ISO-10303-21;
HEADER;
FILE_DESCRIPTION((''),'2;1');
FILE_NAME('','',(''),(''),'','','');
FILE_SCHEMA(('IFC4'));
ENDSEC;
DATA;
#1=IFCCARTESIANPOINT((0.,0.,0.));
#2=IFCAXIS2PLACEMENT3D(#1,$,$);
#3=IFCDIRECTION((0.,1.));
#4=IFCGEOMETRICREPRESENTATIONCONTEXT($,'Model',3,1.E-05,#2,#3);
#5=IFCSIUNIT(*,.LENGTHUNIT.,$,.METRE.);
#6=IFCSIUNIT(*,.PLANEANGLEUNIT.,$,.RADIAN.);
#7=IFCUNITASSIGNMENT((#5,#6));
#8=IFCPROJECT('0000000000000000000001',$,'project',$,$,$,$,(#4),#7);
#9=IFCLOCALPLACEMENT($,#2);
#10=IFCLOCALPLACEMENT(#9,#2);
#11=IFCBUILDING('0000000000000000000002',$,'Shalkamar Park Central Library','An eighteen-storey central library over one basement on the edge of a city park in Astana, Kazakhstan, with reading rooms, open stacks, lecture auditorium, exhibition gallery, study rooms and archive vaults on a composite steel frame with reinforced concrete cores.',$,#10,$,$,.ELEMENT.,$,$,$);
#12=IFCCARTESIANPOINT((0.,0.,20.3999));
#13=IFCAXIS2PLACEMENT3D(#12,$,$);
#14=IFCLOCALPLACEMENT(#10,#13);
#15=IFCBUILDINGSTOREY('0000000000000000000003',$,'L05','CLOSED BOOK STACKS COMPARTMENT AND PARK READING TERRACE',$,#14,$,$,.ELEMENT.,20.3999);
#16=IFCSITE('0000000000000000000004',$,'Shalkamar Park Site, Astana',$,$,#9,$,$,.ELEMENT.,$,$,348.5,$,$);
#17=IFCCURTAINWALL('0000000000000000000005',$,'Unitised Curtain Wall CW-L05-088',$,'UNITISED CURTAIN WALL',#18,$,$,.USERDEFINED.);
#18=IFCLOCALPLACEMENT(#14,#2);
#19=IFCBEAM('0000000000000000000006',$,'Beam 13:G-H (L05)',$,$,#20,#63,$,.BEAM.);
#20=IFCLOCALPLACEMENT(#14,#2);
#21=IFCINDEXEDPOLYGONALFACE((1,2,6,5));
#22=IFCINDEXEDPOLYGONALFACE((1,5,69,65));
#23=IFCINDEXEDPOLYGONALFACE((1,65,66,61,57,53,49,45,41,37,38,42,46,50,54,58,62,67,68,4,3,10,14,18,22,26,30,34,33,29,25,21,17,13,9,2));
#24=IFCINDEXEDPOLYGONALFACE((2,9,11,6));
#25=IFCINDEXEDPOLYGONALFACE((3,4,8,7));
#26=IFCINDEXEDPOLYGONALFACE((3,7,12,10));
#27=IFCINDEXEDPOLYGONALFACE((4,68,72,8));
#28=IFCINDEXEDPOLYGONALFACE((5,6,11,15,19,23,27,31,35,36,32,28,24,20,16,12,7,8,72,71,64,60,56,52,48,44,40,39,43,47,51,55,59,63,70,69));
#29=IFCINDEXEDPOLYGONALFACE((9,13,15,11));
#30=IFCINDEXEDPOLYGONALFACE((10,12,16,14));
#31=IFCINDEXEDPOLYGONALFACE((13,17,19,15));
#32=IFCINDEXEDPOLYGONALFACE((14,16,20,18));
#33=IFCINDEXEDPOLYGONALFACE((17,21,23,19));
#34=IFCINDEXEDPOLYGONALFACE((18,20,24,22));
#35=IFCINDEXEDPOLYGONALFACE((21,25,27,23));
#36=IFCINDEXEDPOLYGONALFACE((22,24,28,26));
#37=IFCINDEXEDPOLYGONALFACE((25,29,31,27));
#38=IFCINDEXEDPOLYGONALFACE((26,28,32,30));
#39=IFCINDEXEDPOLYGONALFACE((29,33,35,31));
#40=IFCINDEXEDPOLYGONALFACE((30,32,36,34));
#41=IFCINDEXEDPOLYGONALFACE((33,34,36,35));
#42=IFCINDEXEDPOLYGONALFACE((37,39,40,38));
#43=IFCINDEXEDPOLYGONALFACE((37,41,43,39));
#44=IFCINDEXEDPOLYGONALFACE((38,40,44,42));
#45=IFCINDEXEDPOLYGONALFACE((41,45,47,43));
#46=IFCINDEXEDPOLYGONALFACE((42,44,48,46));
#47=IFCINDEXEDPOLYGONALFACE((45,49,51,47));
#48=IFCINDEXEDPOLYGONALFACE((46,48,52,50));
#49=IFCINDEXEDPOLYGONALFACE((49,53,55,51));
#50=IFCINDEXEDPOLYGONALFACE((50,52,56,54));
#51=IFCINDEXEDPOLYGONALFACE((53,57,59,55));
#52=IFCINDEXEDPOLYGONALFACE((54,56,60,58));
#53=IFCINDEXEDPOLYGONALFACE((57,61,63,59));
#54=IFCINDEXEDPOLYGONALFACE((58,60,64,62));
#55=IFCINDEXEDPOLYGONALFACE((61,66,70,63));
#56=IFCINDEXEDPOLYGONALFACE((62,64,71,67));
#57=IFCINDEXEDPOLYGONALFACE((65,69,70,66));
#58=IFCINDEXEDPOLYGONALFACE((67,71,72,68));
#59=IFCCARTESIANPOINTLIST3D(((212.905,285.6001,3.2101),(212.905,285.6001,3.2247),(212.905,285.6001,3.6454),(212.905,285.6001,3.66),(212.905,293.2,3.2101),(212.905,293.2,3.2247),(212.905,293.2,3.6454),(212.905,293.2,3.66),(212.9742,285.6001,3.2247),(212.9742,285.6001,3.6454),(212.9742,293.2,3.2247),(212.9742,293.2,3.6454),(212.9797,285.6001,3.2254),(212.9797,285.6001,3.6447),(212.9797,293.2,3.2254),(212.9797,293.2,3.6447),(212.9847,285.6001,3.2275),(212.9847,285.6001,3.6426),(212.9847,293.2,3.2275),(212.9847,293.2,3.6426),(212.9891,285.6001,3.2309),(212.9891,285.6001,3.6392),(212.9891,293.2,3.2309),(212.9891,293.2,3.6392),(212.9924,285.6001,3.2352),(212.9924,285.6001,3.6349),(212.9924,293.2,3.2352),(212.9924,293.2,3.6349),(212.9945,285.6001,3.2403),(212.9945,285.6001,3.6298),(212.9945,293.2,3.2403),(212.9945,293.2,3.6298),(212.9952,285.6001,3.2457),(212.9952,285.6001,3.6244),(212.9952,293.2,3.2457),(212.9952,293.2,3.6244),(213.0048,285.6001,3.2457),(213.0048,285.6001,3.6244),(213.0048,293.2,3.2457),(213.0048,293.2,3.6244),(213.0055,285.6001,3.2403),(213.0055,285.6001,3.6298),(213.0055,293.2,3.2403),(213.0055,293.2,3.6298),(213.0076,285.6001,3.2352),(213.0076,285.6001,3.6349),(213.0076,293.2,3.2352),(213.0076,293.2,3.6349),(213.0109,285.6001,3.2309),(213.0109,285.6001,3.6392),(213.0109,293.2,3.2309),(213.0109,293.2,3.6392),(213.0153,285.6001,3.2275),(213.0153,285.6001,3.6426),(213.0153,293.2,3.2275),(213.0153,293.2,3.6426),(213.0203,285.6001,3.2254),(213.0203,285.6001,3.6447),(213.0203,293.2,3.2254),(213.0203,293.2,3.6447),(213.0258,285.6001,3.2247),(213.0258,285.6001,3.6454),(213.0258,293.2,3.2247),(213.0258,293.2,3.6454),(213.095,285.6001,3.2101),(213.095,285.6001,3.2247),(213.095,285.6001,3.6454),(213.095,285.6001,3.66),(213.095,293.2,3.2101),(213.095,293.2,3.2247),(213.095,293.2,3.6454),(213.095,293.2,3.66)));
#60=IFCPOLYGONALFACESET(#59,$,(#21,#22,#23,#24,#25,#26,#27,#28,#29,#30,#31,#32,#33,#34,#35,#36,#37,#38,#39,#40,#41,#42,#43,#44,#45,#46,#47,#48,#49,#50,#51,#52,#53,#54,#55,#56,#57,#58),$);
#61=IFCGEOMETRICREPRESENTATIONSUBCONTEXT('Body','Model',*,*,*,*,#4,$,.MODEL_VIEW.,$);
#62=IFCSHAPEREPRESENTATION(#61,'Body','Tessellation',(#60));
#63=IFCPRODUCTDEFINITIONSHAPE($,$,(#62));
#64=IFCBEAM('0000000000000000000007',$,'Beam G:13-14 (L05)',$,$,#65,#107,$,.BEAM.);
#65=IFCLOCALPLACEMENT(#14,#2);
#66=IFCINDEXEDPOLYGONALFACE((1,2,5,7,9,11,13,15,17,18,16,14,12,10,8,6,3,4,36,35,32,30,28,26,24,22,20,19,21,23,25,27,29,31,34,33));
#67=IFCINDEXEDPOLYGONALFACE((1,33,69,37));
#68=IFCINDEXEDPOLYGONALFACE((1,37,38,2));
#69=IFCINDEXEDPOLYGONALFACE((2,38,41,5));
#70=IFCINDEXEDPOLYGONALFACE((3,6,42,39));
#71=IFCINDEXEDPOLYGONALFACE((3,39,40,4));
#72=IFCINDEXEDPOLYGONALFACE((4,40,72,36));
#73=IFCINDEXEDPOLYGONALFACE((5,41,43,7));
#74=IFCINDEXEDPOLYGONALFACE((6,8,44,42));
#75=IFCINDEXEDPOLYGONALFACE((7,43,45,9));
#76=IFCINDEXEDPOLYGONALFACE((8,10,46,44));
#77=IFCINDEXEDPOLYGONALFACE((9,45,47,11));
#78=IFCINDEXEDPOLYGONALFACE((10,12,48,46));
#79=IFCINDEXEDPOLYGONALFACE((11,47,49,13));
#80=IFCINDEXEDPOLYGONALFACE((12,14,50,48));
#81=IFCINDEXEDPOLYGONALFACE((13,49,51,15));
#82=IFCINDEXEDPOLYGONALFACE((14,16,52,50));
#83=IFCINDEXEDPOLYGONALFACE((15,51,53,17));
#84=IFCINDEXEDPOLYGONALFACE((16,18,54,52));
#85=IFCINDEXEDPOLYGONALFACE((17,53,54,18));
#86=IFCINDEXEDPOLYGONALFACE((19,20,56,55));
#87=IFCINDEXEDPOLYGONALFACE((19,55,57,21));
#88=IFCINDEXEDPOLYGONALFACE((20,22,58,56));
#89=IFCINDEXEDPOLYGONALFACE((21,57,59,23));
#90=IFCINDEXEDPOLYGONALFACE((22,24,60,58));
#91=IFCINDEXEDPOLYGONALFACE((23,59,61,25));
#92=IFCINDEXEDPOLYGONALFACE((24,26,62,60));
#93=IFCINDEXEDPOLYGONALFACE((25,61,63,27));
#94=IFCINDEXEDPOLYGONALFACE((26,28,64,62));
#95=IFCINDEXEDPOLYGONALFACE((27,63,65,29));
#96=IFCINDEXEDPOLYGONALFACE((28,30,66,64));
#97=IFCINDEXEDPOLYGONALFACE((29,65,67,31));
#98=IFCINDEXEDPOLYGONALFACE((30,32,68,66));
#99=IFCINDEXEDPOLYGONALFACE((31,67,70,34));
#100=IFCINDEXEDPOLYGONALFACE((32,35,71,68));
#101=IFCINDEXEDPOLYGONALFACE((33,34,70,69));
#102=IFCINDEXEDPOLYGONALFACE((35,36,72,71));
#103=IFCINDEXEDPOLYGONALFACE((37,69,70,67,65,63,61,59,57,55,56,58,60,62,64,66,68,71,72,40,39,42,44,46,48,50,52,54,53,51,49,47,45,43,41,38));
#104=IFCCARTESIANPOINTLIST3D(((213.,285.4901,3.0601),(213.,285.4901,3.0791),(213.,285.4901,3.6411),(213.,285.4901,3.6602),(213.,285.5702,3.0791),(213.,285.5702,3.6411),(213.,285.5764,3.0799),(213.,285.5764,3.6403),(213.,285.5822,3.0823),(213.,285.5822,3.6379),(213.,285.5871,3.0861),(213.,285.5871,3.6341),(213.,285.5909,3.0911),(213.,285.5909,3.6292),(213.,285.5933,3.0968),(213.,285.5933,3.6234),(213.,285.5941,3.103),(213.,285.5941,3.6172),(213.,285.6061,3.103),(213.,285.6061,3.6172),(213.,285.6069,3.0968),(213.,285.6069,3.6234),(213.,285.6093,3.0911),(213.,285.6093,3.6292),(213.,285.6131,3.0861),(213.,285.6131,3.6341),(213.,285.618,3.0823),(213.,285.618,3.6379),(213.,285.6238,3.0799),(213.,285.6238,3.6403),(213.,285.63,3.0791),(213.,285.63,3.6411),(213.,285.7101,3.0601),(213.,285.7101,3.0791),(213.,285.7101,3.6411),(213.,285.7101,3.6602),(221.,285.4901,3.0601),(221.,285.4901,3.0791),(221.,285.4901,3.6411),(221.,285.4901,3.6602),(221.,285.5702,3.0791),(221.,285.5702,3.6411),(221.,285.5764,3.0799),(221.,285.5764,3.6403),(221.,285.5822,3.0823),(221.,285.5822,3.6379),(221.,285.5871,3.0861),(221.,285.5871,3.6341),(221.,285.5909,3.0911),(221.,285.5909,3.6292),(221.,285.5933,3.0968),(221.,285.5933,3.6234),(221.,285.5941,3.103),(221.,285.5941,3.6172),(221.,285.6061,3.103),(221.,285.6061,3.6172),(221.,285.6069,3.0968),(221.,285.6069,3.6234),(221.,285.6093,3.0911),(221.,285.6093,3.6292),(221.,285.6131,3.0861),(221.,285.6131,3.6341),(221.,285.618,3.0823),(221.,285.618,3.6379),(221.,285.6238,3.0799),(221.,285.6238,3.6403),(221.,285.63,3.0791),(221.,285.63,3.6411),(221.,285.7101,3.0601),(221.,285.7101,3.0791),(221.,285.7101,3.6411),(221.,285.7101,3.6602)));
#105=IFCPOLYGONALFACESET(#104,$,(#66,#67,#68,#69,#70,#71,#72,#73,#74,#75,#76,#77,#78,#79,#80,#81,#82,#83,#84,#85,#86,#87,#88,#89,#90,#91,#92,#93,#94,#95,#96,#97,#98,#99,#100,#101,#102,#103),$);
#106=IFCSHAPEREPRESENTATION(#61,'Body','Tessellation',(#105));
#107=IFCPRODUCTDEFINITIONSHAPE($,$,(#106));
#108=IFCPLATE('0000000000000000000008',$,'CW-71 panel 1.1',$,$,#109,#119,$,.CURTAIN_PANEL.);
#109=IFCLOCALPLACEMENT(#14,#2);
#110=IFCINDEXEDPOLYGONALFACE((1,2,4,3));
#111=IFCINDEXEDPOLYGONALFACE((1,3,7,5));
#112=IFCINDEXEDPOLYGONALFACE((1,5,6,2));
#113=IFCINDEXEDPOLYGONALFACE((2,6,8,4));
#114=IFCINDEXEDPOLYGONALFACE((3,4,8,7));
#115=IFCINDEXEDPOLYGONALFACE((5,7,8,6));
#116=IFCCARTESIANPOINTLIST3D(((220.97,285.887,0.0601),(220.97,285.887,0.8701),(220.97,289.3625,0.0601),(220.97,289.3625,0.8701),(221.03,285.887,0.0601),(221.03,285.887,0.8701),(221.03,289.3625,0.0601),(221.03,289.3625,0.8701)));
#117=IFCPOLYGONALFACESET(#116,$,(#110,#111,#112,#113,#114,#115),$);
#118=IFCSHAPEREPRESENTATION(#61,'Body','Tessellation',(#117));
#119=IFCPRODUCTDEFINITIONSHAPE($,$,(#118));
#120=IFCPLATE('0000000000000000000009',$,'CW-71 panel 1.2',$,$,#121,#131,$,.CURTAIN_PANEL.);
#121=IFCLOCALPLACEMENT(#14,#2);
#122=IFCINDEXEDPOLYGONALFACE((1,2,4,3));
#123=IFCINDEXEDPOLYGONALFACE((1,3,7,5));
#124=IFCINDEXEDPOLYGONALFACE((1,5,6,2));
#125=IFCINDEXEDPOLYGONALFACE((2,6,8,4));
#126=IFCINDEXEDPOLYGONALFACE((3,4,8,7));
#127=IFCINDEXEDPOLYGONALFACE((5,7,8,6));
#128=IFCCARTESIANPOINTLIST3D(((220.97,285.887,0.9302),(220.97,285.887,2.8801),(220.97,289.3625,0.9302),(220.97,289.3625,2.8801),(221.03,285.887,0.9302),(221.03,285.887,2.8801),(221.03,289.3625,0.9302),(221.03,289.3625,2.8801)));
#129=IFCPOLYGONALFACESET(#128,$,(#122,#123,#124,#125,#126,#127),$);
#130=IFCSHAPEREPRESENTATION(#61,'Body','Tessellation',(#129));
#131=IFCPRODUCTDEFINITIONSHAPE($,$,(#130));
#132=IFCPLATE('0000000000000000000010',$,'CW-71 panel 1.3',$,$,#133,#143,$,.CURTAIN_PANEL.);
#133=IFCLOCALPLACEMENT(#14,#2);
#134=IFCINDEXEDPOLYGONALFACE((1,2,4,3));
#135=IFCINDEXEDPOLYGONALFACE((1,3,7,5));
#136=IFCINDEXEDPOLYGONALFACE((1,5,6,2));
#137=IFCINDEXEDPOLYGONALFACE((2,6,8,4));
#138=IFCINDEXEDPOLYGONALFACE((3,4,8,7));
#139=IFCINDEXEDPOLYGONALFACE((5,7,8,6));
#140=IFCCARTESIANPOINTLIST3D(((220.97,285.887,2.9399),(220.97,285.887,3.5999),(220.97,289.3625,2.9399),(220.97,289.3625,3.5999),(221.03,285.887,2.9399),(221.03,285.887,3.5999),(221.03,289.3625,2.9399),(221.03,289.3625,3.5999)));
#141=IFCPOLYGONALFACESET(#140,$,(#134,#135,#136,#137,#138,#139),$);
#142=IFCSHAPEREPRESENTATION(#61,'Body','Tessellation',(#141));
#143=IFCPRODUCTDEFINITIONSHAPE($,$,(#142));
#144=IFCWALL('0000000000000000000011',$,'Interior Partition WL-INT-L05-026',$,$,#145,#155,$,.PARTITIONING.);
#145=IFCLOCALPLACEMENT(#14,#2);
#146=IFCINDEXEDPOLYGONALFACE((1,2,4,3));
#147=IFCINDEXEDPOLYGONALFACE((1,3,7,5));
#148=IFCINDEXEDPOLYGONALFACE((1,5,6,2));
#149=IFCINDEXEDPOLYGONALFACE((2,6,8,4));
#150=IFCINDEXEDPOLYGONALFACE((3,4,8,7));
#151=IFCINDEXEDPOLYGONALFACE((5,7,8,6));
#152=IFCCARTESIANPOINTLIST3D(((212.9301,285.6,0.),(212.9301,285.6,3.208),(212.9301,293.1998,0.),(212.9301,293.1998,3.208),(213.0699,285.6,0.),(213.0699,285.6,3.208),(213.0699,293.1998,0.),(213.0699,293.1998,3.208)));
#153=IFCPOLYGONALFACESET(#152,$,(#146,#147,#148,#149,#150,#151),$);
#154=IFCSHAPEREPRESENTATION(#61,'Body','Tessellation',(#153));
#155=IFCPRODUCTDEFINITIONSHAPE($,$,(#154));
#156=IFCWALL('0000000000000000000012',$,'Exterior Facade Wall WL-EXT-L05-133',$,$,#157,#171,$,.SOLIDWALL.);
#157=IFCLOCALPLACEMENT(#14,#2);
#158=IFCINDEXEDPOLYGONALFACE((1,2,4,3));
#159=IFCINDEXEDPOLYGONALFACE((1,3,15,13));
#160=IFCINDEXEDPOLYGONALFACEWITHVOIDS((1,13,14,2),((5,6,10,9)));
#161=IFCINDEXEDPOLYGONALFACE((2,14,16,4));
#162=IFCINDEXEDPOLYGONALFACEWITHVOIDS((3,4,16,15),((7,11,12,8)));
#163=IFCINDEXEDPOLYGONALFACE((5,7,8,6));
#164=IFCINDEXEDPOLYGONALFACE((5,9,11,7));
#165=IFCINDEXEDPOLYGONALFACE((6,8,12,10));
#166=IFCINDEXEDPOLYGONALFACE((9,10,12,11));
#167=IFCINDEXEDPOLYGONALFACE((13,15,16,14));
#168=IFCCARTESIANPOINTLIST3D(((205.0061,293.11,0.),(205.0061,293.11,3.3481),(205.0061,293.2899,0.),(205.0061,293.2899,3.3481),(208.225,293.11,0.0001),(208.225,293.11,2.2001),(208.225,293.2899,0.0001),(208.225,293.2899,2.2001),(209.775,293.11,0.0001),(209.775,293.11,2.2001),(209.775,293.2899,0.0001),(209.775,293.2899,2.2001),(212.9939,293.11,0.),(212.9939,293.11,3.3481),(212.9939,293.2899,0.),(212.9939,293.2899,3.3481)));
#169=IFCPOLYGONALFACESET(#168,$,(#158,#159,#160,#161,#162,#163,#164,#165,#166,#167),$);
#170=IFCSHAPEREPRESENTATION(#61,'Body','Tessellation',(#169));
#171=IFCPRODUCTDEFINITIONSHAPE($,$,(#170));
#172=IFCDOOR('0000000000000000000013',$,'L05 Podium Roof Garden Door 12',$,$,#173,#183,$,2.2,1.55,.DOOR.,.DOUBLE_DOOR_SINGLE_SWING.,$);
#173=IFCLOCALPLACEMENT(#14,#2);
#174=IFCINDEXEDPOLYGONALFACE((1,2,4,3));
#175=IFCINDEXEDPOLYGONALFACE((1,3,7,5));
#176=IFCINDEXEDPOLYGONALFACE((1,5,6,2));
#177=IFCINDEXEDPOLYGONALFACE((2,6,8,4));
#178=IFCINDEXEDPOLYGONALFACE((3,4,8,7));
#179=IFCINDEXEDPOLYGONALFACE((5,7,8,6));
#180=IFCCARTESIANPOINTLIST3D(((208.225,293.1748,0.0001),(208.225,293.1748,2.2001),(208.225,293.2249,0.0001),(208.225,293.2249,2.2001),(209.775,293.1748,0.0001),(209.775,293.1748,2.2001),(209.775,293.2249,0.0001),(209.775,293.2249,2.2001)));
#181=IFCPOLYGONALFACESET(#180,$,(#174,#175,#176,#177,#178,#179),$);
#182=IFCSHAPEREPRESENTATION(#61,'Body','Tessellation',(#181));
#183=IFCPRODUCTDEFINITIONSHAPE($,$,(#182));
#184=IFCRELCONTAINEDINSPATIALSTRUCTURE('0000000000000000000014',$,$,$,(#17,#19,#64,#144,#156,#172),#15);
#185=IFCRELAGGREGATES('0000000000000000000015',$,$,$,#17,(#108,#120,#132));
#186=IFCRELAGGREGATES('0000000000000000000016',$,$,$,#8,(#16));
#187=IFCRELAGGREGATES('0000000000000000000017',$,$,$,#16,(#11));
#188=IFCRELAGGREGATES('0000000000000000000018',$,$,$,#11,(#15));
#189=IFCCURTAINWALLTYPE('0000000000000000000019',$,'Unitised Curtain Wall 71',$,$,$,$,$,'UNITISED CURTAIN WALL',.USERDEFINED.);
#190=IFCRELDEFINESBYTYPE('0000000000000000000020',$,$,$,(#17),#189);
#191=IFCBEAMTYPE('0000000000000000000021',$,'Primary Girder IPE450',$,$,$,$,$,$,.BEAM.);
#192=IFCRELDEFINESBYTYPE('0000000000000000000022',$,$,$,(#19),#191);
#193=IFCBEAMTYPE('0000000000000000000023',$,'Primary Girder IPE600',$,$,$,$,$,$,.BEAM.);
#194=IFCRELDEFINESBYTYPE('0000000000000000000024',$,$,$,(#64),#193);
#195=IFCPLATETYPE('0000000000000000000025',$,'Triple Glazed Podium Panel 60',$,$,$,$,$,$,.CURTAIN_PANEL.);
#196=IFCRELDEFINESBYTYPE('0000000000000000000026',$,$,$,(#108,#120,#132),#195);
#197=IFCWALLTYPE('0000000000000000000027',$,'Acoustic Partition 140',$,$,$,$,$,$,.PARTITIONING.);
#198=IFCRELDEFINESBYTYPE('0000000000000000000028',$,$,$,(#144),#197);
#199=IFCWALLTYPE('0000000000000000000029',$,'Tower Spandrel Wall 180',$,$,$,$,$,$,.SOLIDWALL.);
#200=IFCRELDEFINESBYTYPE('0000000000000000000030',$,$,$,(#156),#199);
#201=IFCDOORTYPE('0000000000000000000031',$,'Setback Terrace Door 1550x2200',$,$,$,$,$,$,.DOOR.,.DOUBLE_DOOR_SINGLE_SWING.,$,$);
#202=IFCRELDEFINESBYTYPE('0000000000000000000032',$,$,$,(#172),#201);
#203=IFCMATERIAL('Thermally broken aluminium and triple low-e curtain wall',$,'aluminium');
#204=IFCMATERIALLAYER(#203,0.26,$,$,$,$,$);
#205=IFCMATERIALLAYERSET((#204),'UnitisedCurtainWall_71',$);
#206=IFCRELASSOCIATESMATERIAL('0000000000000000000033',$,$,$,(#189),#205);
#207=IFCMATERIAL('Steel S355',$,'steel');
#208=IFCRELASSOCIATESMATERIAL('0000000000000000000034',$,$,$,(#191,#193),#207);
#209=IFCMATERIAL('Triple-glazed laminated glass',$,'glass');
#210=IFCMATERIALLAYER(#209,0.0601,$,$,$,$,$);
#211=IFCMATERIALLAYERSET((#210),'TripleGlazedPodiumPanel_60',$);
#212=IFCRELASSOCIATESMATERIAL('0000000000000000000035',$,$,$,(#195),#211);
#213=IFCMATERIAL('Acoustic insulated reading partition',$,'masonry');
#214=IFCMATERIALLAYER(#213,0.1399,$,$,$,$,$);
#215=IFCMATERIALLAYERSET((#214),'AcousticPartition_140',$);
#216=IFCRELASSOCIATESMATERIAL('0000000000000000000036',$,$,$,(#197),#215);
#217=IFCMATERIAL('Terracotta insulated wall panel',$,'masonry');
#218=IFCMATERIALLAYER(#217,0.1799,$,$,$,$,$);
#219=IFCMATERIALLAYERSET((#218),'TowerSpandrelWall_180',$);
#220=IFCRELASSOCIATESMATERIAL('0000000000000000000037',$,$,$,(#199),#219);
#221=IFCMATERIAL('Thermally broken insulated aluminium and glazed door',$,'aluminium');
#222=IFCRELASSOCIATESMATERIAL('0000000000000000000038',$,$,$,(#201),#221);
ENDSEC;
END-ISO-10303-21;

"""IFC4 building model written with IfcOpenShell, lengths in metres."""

from ifc_helpers import new_model, si_unit, direction, frame, frame_2d, origin, origin_2d, place, context, subcontext, project, spatial, rectangle, i_section, extrude, material, layer, layer_set, material_profile, profile_set, type_object, element, fill, aggregate, save


model = new_model("IFC4")

# Units and contexts
model_context = context("Model", 3, precision=1e-05, world=origin(), true_north=direction((0.0, 1.0)))
body_context = subcontext(model_context, "Body", "Model", "MODEL_VIEW")
ifc_project = project(units=[si_unit("LENGTHUNIT", "METRE"), si_unit("PLANEANGLEUNIT", "RADIAN")], contexts=[model_context])

# Site, building, storey
site_placement = place(None, origin())
site = spatial("IfcSite", under=ifc_project, at=site_placement, Name="Shalkamar Park Site, Astana", CompositionType="ELEMENT", RefElevation=348.5)
building_placement = place(site_placement, origin())
building = spatial("IfcBuilding", under=site, at=building_placement, Name="Shalkamar Park Central Library", Description="An eighteen-storey central library over one basement on the edge of a city park in Astana, Kazakhstan, with reading rooms, open stacks, lecture auditorium, exhibition gallery, study rooms and archive vaults on a composite steel frame with reinforced concrete cores.", CompositionType="ELEMENT")
storey_placement = place(building_placement, frame((0.0, 0.0, 20.3999)))
storey = spatial("IfcBuildingStorey", under=building, at=storey_placement, Name="L05", Description="CLOSED BOOK STACKS COMPARTMENT AND PARK READING TERRACE", CompositionType="ELEMENT", Elevation=20.3999)

# Shared definitions
ifc_material_1 = material(Name="Steel S355", Category="steel")

# Curtain wall
ifc_material_2 = material(Name="Thermally broken aluminium and triple low-e curtain wall", Category="aluminium")
ifc_layer_1 = layer(ifc_material_2, 0.26)
ifc_layer_set_1 = layer_set([ifc_layer_1], Name="UnitisedCurtainWall_71")
curtain_wall_type = type_object("IfcCurtainWallType", Name="Unitised Curtain Wall 71", ElementType="UNITISED CURTAIN WALL", PredefinedType="USERDEFINED", material=ifc_layer_set_1)
curtain_wall_placement = place(storey_placement, origin())
curtain_wall = element("IfcCurtainWall", 1, at=curtain_wall_placement, inside=storey, type_object=curtain_wall_type, Name="Unitised Curtain Wall CW-L05-088", ObjectType="UNITISED CURTAIN WALL", PredefinedType="USERDEFINED")

# Beams
ifc_material_profile_1 = material_profile(ifc_material_1, i_section(OverallWidth=0.1899, OverallDepth=0.45, WebThickness=0.0095, FlangeThickness=0.0146, FilletRadius=0.021, at=origin_2d()), Name="IPE 450")
ifc_profile_set_1 = profile_set([ifc_material_profile_1], Name="Steel S355")
beam_type_1 = type_object("IfcBeamType", Name="Primary Girder IPE450", PredefinedType="BEAM", material=ifc_profile_set_1)
beam_1_placement = place(storey_placement, frame((213.0, 285.6001, 3.4351), z_axis=(0.0, 1.0, 0.0), x_axis=(-1.0, 0.0, 0.0)))
element("IfcBeam", 2, at=beam_1_placement, inside=storey, type_object=beam_type_1, Name="Beam 13:G-H (L05)", PredefinedType="BEAM", context=body_context, shape_type="SweptSolid", body=[
    extrude(i_section(OverallWidth=0.1899, OverallDepth=0.45, WebThickness=0.0095, FlangeThickness=0.0146, FilletRadius=0.021, at=origin_2d()), origin(), (0.0, 0.0, 1.0), 7.5999),
])
ifc_material_profile_2 = material_profile(ifc_material_1, i_section(OverallWidth=0.22, OverallDepth=0.6001, WebThickness=0.012, FlangeThickness=0.019, FilletRadius=0.0239, at=origin_2d()), Name="IPE 600")
ifc_profile_set_2 = profile_set([ifc_material_profile_2], Name="Steel S355")
beam_type_2 = type_object("IfcBeamType", Name="Primary Girder IPE600", PredefinedType="BEAM", material=ifc_profile_set_2)
beam_2_placement = place(storey_placement, frame((213.0, 285.6001, 3.3601), z_axis=(1.0, 0.0, 0.0), x_axis=(0.0, 1.0, 0.0)))
element("IfcBeam", 3, at=beam_2_placement, inside=storey, type_object=beam_type_2, Name="Beam G:13-14 (L05)", PredefinedType="BEAM", context=body_context, shape_type="SweptSolid", body=[
    extrude(i_section(OverallWidth=0.22, OverallDepth=0.6001, WebThickness=0.012, FlangeThickness=0.019, FilletRadius=0.0239, at=origin_2d()), origin(), (0.0, 0.0, 1.0), 8.0),
])

# Plates
ifc_material_3 = material(Name="Triple-glazed laminated glass", Category="glass")
ifc_layer_2 = layer(ifc_material_3, 0.0601)
ifc_layer_set_2 = layer_set([ifc_layer_2], Name="TripleGlazedPodiumPanel_60")
plate_type = type_object("IfcPlateType", Name="Triple Glazed Podium Panel 60", PredefinedType="CURTAIN_PANEL", material=ifc_layer_set_2)
plate_1_placement = place(storey_placement, frame((221.0, 287.6248, 0.0601), z_axis=(0.0, 0.0, 1.0), x_axis=(0.0, 1.0, 0.0)))
plate_1 = element("IfcPlate", 4, at=plate_1_placement, type_object=plate_type, Name="CW-71 panel 1.1", PredefinedType="CURTAIN_PANEL", context=body_context, shape_type="SweptSolid", body=[
    extrude(rectangle(XDim=3.4756, YDim=0.0601, at=origin_2d()), origin(), (0.0, 0.0, 1.0), 0.8101),
])
plate_2_placement = place(storey_placement, frame((221.0, 287.6248, 0.9302), z_axis=(0.0, 0.0, 1.0), x_axis=(0.0, 1.0, 0.0)))
plate_2 = element("IfcPlate", 5, at=plate_2_placement, type_object=plate_type, Name="CW-71 panel 1.2", PredefinedType="CURTAIN_PANEL", context=body_context, shape_type="SweptSolid", body=[
    extrude(rectangle(XDim=3.4756, YDim=0.0601, at=origin_2d()), origin(), (0.0, 0.0, 1.0), 1.95),
])
plate_3_placement = place(storey_placement, frame((221.0, 287.6248, 2.9399), z_axis=(0.0, 0.0, 1.0), x_axis=(0.0, 1.0, 0.0)))
plate_3 = element("IfcPlate", 6, at=plate_3_placement, type_object=plate_type, Name="CW-71 panel 1.3", PredefinedType="CURTAIN_PANEL", context=body_context, shape_type="SweptSolid", body=[
    extrude(rectangle(XDim=3.4756, YDim=0.0601, at=origin_2d()), origin(), (0.0, 0.0, 1.0), 0.6599),
])
aggregate(curtain_wall, [plate_1, plate_2, plate_3])

# Wall
ifc_material_4 = material(Name="Acoustic insulated reading partition", Category="masonry")
ifc_layer_3 = layer(ifc_material_4, 0.1399)
ifc_layer_set_3 = layer_set([ifc_layer_3], Name="AcousticPartition_140")
wall_type_1 = type_object("IfcWallType", Name="Acoustic Partition 140", PredefinedType="PARTITIONING", material=ifc_layer_set_3)
wall_1_placement = place(storey_placement, frame((213.0, 285.6001, 0.0), z_axis=(0.0, 0.0, 1.0), x_axis=(0.0, 1.0, 0.0)))
element("IfcWall", 7, at=wall_1_placement, inside=storey, type_object=wall_type_1, Name="Interior Partition WL-INT-L05-026", PredefinedType="PARTITIONING", context=body_context, shape_type="SweptSolid", body=[
    extrude(rectangle(XDim=7.5999, YDim=0.1399, at=frame_2d((3.7998, 0.0))), origin(), (0.0, 0.0, 1.0), 3.208),
])

# Wall, opening, door
ifc_material_5 = material(Name="Terracotta insulated wall panel", Category="masonry")
ifc_layer_4 = layer(ifc_material_5, 0.1799)
ifc_layer_set_4 = layer_set([ifc_layer_4], Name="TowerSpandrelWall_180")
wall_type_2 = type_object("IfcWallType", Name="Tower Spandrel Wall 180", PredefinedType="SOLIDWALL", material=ifc_layer_set_4)
wall_2_placement = place(storey_placement, frame((205.0061, 293.2, 0.0), z_axis=(0.0, 0.0, 1.0), x_axis=(1.0, 0.0, 0.0)))
wall_2 = element("IfcWall", 8, at=wall_2_placement, inside=storey, type_object=wall_type_2, Name="Exterior Facade Wall WL-EXT-L05-133", PredefinedType="SOLIDWALL", context=body_context, shape_type="SweptSolid", body=[
    extrude(rectangle(XDim=7.9878, YDim=0.1799, at=frame_2d((3.9939, 0.0))), origin(), (0.0, 0.0, 1.0), 3.3481),
])
opening_placement = place(wall_2_placement, frame((3.219, 0.0, 0.0)))
opening = element("IfcOpeningElement", 9, at=opening_placement, cuts=wall_2, PredefinedType="OPENING", context=body_context, shape_type="SweptSolid", body=[
    extrude(rectangle(XDim=1.55, YDim=2.2, at=frame_2d((0.7749, 1.1001))), frame((0.0, 0.105, 0.0), z_axis=(0.0, -1.0, 0.0), x_axis=(1.0, 0.0, 0.0)), (0.0, 0.0, 1.0), 0.2097),
])
ifc_material_6 = material(Name="Thermally broken insulated aluminium and glazed door", Category="aluminium")
door_type = type_object("IfcDoorType", Name="Setback Terrace Door 1550x2200", OperationType="DOUBLE_DOOR_SINGLE_SWING", PredefinedType="DOOR", material=ifc_material_6)
door_placement = place(opening_placement, origin())
door = element("IfcDoor", 10, at=door_placement, inside=storey, type_object=door_type, Name="L05 Podium Roof Garden Door 12", OperationType="DOUBLE_DOOR_SINGLE_SWING", OverallHeight=2.2, OverallWidth=1.55, PredefinedType="DOOR", context=body_context, shape_type="SweptSolid", body=[
    extrude(rectangle(XDim=1.55, YDim=2.2, at=frame_2d((0.7749, 1.1001))), frame((0.0, 0.0249, 0.0), z_axis=(0.0, -1.0, 0.0), x_axis=(1.0, 0.0, 0.0)), (0.0, 0.0, 1.0), 0.05),
])
fill(opening, door)

save(model, "model.ifc")
